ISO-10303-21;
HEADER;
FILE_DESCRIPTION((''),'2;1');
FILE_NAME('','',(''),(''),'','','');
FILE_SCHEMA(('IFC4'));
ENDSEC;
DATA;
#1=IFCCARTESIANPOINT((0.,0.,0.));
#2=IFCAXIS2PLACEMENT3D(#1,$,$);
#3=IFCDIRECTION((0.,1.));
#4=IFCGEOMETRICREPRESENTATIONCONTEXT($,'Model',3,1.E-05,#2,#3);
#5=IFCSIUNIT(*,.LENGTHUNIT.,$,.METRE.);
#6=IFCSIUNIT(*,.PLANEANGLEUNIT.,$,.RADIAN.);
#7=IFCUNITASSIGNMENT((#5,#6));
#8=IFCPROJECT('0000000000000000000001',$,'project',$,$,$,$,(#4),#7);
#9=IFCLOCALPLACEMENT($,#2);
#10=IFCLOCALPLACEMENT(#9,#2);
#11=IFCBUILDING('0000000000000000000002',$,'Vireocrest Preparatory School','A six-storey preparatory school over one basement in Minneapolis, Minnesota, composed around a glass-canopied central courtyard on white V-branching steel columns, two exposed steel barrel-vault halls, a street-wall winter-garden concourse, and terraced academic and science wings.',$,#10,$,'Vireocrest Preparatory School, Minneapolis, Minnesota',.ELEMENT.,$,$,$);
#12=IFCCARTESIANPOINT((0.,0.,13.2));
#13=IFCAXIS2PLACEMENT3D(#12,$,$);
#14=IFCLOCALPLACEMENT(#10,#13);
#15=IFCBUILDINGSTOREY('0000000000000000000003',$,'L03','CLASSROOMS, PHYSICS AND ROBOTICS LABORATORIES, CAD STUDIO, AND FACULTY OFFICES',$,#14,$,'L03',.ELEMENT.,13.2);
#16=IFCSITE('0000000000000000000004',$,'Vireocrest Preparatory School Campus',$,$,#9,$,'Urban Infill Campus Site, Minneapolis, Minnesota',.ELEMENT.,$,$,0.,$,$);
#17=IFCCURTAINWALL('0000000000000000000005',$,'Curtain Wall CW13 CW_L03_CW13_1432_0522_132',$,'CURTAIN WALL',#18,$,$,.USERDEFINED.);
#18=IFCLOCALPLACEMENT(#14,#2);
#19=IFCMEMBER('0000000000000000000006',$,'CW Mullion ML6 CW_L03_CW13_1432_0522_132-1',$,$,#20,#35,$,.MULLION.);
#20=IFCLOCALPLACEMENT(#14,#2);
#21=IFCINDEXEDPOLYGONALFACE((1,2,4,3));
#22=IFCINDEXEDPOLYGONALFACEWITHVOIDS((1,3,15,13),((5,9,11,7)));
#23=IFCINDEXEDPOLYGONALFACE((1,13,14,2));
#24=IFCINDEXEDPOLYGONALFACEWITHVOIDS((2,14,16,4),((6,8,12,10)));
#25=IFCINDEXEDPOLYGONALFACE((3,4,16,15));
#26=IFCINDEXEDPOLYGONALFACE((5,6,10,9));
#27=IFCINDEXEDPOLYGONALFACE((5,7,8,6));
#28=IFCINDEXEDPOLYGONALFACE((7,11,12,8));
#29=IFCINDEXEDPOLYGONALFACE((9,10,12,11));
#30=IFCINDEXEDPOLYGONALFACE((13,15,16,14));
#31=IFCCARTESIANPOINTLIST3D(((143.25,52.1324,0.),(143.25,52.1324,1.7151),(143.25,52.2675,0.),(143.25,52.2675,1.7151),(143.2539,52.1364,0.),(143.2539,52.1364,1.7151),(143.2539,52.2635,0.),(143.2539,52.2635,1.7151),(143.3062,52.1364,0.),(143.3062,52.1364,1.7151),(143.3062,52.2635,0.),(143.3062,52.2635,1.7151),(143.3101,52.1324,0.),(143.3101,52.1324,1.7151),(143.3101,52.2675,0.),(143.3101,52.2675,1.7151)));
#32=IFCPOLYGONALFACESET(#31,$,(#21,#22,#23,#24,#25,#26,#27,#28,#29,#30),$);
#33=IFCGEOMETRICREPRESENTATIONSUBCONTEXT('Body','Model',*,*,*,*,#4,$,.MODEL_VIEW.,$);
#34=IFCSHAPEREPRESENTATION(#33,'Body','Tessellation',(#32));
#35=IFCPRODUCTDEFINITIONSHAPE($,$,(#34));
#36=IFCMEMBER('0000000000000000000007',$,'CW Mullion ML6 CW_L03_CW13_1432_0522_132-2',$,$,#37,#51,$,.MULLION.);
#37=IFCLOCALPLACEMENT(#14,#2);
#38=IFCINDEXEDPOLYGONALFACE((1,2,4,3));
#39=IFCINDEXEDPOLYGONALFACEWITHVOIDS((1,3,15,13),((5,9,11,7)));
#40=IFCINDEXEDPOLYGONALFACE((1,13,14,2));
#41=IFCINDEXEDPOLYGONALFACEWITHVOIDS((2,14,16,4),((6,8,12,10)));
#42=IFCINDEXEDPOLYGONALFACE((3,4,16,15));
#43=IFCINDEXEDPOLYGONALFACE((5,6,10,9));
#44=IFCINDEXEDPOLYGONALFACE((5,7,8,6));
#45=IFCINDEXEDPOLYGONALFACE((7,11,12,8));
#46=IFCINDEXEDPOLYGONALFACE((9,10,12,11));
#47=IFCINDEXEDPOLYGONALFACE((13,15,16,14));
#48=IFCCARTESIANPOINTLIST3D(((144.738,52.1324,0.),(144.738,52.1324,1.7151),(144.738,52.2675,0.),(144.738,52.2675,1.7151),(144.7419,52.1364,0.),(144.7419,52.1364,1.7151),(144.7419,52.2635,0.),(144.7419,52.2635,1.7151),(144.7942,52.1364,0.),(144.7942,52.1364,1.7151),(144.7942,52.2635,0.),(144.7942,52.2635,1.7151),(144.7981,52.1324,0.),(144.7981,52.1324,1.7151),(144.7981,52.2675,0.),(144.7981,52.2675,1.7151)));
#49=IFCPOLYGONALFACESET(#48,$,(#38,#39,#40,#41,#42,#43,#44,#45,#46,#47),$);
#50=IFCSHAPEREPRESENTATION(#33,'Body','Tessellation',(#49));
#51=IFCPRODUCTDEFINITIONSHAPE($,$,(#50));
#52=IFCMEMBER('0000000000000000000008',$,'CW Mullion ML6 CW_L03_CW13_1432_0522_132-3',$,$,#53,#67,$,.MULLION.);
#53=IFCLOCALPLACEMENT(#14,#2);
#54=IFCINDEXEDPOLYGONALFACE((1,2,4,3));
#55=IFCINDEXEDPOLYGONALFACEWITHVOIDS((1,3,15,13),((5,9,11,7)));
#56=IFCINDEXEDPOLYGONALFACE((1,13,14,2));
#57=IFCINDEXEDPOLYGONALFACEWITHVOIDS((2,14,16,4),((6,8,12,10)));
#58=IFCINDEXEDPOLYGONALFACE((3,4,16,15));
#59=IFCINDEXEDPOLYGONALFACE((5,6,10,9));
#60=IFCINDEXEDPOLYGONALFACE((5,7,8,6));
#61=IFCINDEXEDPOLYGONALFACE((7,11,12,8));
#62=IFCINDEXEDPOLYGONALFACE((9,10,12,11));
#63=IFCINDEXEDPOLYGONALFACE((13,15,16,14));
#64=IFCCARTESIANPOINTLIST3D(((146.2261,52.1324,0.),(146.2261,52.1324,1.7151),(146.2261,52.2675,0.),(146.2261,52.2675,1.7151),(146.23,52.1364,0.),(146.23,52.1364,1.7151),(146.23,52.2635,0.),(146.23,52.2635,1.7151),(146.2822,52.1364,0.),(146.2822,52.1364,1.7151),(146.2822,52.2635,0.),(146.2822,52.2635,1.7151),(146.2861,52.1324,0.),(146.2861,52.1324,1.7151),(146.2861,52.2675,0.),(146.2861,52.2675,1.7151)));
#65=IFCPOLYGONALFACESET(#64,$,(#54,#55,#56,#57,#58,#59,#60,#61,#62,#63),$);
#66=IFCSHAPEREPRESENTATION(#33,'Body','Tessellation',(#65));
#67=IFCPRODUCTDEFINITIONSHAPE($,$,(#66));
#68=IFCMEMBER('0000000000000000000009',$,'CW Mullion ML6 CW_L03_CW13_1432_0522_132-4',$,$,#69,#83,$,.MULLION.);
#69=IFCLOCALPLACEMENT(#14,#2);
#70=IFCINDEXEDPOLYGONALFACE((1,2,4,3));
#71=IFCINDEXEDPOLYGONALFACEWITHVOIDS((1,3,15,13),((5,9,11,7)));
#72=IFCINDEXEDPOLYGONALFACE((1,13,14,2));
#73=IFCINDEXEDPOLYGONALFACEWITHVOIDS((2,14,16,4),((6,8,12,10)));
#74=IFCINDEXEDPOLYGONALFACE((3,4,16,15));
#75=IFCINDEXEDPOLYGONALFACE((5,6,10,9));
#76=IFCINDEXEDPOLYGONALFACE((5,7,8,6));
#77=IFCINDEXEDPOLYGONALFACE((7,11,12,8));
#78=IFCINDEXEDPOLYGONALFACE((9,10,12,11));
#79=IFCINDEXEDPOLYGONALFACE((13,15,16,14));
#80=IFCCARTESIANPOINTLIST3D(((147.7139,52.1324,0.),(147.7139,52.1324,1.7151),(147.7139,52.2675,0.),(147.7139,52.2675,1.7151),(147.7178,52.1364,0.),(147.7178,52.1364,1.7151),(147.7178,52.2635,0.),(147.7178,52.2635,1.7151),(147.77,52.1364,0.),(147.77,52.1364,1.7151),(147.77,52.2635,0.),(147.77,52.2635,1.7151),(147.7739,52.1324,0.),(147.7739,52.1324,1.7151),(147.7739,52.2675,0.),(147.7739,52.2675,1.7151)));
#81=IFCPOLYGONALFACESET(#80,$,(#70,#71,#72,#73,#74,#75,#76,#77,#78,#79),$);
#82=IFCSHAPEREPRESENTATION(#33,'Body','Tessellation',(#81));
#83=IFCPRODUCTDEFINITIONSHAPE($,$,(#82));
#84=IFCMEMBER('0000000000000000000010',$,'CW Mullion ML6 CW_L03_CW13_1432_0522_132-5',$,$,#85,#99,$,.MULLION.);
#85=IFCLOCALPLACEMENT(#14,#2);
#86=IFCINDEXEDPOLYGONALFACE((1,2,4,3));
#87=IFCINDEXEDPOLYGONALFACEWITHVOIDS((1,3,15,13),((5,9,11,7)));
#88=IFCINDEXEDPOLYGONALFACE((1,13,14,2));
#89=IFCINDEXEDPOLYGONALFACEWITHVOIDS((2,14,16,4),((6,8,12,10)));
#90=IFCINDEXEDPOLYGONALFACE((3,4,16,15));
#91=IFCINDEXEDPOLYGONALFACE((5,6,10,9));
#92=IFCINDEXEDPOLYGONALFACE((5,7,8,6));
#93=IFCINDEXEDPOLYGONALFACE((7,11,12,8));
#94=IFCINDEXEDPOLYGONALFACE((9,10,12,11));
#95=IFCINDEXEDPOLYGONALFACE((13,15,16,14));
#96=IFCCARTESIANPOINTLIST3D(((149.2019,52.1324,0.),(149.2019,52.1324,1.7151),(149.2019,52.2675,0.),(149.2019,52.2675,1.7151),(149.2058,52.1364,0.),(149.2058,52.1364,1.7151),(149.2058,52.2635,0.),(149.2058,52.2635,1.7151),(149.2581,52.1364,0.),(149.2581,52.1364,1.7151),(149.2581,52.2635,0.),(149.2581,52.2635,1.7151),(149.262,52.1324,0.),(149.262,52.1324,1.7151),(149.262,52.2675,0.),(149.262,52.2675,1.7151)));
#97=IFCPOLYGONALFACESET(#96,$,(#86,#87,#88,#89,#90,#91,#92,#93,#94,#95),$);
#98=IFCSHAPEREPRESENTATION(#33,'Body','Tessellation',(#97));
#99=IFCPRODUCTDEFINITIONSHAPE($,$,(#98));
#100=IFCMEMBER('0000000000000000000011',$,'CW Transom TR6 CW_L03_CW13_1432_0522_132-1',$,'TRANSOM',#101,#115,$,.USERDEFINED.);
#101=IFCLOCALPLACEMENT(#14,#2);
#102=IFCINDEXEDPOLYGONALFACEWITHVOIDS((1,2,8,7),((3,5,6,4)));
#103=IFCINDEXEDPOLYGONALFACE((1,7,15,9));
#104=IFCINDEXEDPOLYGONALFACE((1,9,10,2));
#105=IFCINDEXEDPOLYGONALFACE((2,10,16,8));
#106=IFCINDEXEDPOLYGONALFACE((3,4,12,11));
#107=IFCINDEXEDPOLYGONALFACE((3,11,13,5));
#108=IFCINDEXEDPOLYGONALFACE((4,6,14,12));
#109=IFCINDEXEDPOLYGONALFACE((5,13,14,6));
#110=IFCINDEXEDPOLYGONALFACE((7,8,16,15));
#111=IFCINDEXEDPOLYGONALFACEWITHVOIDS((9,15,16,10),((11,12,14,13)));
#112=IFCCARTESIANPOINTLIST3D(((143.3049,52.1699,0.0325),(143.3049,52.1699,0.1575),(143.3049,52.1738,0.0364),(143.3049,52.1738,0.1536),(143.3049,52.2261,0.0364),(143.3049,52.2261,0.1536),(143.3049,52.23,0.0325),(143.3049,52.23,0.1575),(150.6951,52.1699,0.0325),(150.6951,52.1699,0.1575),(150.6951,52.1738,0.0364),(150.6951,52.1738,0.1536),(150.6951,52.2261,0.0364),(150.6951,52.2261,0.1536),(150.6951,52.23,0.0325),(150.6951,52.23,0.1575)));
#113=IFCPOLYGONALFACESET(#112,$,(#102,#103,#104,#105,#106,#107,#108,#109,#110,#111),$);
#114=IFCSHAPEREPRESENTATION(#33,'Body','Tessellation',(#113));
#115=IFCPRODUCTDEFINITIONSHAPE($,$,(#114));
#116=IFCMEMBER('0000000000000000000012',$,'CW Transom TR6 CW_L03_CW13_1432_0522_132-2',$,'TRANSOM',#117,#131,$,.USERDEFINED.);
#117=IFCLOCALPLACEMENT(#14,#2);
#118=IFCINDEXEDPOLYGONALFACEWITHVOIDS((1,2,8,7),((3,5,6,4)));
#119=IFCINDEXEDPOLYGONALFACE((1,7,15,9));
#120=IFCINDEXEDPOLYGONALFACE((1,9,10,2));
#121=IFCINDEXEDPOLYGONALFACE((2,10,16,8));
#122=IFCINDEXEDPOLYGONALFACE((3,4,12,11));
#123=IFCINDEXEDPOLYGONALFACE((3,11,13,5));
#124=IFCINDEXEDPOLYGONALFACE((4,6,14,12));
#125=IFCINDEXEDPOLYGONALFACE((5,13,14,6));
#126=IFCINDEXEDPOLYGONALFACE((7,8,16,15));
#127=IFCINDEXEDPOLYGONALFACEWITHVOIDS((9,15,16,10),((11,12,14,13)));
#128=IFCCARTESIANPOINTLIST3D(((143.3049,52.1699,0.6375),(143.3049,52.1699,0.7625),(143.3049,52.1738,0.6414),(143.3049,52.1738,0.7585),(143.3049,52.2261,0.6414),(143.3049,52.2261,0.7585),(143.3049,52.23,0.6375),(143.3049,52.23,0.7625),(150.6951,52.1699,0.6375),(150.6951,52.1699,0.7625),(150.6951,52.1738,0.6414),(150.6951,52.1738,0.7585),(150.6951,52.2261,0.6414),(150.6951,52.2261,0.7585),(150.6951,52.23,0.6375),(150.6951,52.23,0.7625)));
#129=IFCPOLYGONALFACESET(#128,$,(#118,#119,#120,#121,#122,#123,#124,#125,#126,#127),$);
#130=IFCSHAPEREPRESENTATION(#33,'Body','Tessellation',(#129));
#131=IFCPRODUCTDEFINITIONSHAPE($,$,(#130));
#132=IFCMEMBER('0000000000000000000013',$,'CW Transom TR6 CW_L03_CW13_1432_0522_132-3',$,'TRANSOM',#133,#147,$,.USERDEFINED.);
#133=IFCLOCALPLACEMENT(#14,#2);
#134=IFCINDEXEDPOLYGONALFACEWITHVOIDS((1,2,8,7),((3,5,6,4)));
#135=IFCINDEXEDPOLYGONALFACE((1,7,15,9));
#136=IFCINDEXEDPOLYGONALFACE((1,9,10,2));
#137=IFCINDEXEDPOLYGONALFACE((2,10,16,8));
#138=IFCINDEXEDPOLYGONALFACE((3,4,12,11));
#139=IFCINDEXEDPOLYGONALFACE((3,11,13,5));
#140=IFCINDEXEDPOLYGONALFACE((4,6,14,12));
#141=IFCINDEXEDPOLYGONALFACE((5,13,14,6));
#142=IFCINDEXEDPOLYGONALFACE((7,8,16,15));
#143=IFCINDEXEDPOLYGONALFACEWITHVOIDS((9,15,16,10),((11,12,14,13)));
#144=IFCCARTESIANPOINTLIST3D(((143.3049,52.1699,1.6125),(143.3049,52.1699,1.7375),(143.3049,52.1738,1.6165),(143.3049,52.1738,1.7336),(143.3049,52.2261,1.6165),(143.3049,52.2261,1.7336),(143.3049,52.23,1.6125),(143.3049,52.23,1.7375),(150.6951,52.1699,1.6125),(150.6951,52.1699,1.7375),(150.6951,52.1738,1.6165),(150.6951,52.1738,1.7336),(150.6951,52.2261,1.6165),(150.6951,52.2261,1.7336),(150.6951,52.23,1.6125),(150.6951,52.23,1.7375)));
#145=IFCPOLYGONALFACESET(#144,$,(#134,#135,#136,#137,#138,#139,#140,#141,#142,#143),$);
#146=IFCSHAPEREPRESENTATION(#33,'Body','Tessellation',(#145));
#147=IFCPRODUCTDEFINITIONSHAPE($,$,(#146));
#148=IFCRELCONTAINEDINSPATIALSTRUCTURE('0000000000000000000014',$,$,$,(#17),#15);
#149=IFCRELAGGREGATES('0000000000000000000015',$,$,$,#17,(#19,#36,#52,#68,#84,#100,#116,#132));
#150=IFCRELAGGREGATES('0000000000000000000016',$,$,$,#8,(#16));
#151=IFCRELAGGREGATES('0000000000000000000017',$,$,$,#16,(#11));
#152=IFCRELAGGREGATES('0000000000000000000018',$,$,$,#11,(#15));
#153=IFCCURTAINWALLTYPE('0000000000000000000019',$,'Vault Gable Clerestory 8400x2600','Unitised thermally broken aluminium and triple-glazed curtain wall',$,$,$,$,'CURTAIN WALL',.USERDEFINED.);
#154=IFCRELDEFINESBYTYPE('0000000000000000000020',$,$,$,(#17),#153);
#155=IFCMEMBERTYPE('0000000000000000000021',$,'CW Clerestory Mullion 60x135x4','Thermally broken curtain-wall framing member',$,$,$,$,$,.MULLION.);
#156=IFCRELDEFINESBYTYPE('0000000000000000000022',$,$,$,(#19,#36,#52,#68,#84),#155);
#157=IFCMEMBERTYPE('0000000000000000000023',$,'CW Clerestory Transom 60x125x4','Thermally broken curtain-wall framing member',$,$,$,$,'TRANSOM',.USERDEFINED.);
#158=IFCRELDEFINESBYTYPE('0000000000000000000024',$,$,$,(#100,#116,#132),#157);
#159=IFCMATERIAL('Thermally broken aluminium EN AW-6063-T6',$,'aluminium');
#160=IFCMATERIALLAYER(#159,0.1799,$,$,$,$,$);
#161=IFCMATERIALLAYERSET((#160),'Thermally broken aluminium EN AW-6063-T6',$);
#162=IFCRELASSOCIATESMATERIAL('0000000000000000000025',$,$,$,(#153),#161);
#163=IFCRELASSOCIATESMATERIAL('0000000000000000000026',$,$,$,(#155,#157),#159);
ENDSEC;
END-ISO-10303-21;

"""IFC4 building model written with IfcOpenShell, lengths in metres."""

from ifc_helpers import new_model, si_unit, direction, frame, origin, origin_2d, place, context, subcontext, project, spatial, hollow_rectangle, extrude, material, layer, layer_set, material_profile, profile_set, type_object, element, aggregate, save


model = new_model("IFC4")

# Units and contexts
model_context = context("Model", 3, precision=1e-05, world=origin(), true_north=direction((0.0, 1.0)))
body_context = subcontext(model_context, "Body", "Model", "MODEL_VIEW")
ifc_project = project(units=[si_unit("LENGTHUNIT", "METRE"), si_unit("PLANEANGLEUNIT", "RADIAN")], contexts=[model_context])

# Site, building, storey
site_placement = place(None, origin())
site = spatial("IfcSite", under=ifc_project, at=site_placement, Name="Vireocrest Preparatory School Campus", LongName="Urban Infill Campus Site, Minneapolis, Minnesota", CompositionType="ELEMENT", RefElevation=0.0)
building_placement = place(site_placement, origin())
building = spatial("IfcBuilding", under=site, at=building_placement, Name="Vireocrest Preparatory School", Description="A six-storey preparatory school over one basement in Minneapolis, Minnesota, composed around a glass-canopied central courtyard on white V-branching steel columns, two exposed steel barrel-vault halls, a street-wall winter-garden concourse, and terraced academic and science wings.", LongName="Vireocrest Preparatory School, Minneapolis, Minnesota", CompositionType="ELEMENT")
storey_placement = place(building_placement, frame((0.0, 0.0, 13.2)))
storey = spatial("IfcBuildingStorey", under=building, at=storey_placement, Name="L03", Description="CLASSROOMS, PHYSICS AND ROBOTICS LABORATORIES, CAD STUDIO, AND FACULTY OFFICES", LongName="L03", CompositionType="ELEMENT", Elevation=13.2)

# Curtain wall, members
ifc_material_1 = material(Name="Thermally broken aluminium EN AW-6063-T6", Category="aluminium")
ifc_layer_1 = layer(ifc_material_1, 0.1799)
ifc_layer_set_1 = layer_set([ifc_layer_1], Name="Thermally broken aluminium EN AW-6063-T6")
curtain_wall_type = type_object("IfcCurtainWallType", Name="Vault Gable Clerestory 8400x2600", Description="Unitised thermally broken aluminium and triple-glazed curtain wall", ElementType="CURTAIN WALL", PredefinedType="USERDEFINED", material=ifc_layer_set_1)
curtain_wall_placement = place(storey_placement, origin())
curtain_wall = element("IfcCurtainWall", 1, at=curtain_wall_placement, inside=storey, type_object=curtain_wall_type, Name="Curtain Wall CW13 CW_L03_CW13_1432_0522_132", ObjectType="CURTAIN WALL", PredefinedType="USERDEFINED")
ifc_material_profile_1 = material_profile(ifc_material_1, hollow_rectangle(XDim=0.0601, YDim=0.135, WallThickness=0.0039, at=origin_2d()), Name="ALU 60x135x4")
ifc_profile_set_1 = profile_set([ifc_material_profile_1], Name="Thermally broken aluminium EN AW-6063-T6")
member_type_1 = type_object("IfcMemberType", Name="CW Clerestory Mullion 60x135x4", Description="Thermally broken curtain-wall framing member", PredefinedType="MULLION", material=ifc_profile_set_1)
member_1_placement = place(storey_placement, frame((143.28, 52.2, 0.0), z_axis=(0.0, 0.0, 1.0), x_axis=(1.0, 0.0, 0.0)))
member_1 = element("IfcMember", 2, at=member_1_placement, type_object=member_type_1, Name="CW Mullion ML6 CW_L03_CW13_1432_0522_132-1", PredefinedType="MULLION", context=body_context, shape_type="SweptSolid", body=[
    extrude(hollow_rectangle(XDim=0.0601, YDim=0.135, WallThickness=0.0039, at=origin_2d()), origin(), (0.0, 0.0, 1.0), 1.7151),
])
member_2_placement = place(storey_placement, frame((144.7681, 52.2, 0.0), z_axis=(0.0, 0.0, 1.0), x_axis=(1.0, 0.0, 0.0)))
member_2 = element("IfcMember", 3, at=member_2_placement, type_object=member_type_1, Name="CW Mullion ML6 CW_L03_CW13_1432_0522_132-2", PredefinedType="MULLION", context=body_context, shape_type="SweptSolid", body=[
    extrude(hollow_rectangle(XDim=0.0601, YDim=0.135, WallThickness=0.0039, at=origin_2d()), origin(), (0.0, 0.0, 1.0), 1.7151),
])
member_3_placement = place(storey_placement, frame((146.2561, 52.2, 0.0), z_axis=(0.0, 0.0, 1.0), x_axis=(1.0, 0.0, 0.0)))
member_3 = element("IfcMember", 4, at=member_3_placement, type_object=member_type_1, Name="CW Mullion ML6 CW_L03_CW13_1432_0522_132-3", PredefinedType="MULLION", context=body_context, shape_type="SweptSolid", body=[
    extrude(hollow_rectangle(XDim=0.0601, YDim=0.135, WallThickness=0.0039, at=origin_2d()), origin(), (0.0, 0.0, 1.0), 1.7151),
])
member_4_placement = place(storey_placement, frame((147.7439, 52.2, 0.0), z_axis=(0.0, 0.0, 1.0), x_axis=(1.0, 0.0, 0.0)))
member_4 = element("IfcMember", 5, at=member_4_placement, type_object=member_type_1, Name="CW Mullion ML6 CW_L03_CW13_1432_0522_132-4", PredefinedType="MULLION", context=body_context, shape_type="SweptSolid", body=[
    extrude(hollow_rectangle(XDim=0.0601, YDim=0.135, WallThickness=0.0039, at=origin_2d()), origin(), (0.0, 0.0, 1.0), 1.7151),
])
member_5_placement = place(storey_placement, frame((149.2319, 52.2, 0.0), z_axis=(0.0, 0.0, 1.0), x_axis=(1.0, 0.0, 0.0)))
member_5 = element("IfcMember", 6, at=member_5_placement, type_object=member_type_1, Name="CW Mullion ML6 CW_L03_CW13_1432_0522_132-5", PredefinedType="MULLION", context=body_context, shape_type="SweptSolid", body=[
    extrude(hollow_rectangle(XDim=0.0601, YDim=0.135, WallThickness=0.0039, at=origin_2d()), origin(), (0.0, 0.0, 1.0), 1.7151),
])
ifc_material_profile_2 = material_profile(ifc_material_1, hollow_rectangle(XDim=0.0601, YDim=0.125, WallThickness=0.0039, at=origin_2d()), Name="ALU 60x125x4")
ifc_profile_set_2 = profile_set([ifc_material_profile_2], Name="Thermally broken aluminium EN AW-6063-T6")
member_type_2 = type_object("IfcMemberType", Name="CW Clerestory Transom 60x125x4", Description="Thermally broken curtain-wall framing member", ElementType="TRANSOM", PredefinedType="USERDEFINED", material=ifc_profile_set_2)
member_6_placement = place(storey_placement, frame((143.3049, 52.2, 0.095), z_axis=(1.0, 0.0, 0.0), x_axis=(0.0, 1.0, 0.0)))
member_6 = element("IfcMember", 7, at=member_6_placement, type_object=member_type_2, Name="CW Transom TR6 CW_L03_CW13_1432_0522_132-1", ObjectType="TRANSOM", PredefinedType="USERDEFINED", context=body_context, shape_type="SweptSolid", body=[
    extrude(hollow_rectangle(XDim=0.0601, YDim=0.125, WallThickness=0.0039, at=origin_2d()), origin(), (0.0, 0.0, 1.0), 7.3901),
])
member_7_placement = place(storey_placement, frame((143.3049, 52.2, 0.7), z_axis=(1.0, 0.0, 0.0), x_axis=(0.0, 1.0, 0.0)))
member_7 = element("IfcMember", 8, at=member_7_placement, type_object=member_type_2, Name="CW Transom TR6 CW_L03_CW13_1432_0522_132-2", ObjectType="TRANSOM", PredefinedType="USERDEFINED", context=body_context, shape_type="SweptSolid", body=[
    extrude(hollow_rectangle(XDim=0.0601, YDim=0.125, WallThickness=0.0039, at=origin_2d()), origin(), (0.0, 0.0, 1.0), 7.3901),
])
member_8_placement = place(storey_placement, frame((143.3049, 52.2, 1.675), z_axis=(1.0, 0.0, 0.0), x_axis=(0.0, 1.0, 0.0)))
member_8 = element("IfcMember", 9, at=member_8_placement, type_object=member_type_2, Name="CW Transom TR6 CW_L03_CW13_1432_0522_132-3", ObjectType="TRANSOM", PredefinedType="USERDEFINED", context=body_context, shape_type="SweptSolid", body=[
    extrude(hollow_rectangle(XDim=0.0601, YDim=0.125, WallThickness=0.0039, at=origin_2d()), origin(), (0.0, 0.0, 1.0), 7.3901),
])

aggregate(curtain_wall, [member_1, member_2, member_3, member_4, member_5, member_6, member_7, member_8])

save(model, "model.ifc")
